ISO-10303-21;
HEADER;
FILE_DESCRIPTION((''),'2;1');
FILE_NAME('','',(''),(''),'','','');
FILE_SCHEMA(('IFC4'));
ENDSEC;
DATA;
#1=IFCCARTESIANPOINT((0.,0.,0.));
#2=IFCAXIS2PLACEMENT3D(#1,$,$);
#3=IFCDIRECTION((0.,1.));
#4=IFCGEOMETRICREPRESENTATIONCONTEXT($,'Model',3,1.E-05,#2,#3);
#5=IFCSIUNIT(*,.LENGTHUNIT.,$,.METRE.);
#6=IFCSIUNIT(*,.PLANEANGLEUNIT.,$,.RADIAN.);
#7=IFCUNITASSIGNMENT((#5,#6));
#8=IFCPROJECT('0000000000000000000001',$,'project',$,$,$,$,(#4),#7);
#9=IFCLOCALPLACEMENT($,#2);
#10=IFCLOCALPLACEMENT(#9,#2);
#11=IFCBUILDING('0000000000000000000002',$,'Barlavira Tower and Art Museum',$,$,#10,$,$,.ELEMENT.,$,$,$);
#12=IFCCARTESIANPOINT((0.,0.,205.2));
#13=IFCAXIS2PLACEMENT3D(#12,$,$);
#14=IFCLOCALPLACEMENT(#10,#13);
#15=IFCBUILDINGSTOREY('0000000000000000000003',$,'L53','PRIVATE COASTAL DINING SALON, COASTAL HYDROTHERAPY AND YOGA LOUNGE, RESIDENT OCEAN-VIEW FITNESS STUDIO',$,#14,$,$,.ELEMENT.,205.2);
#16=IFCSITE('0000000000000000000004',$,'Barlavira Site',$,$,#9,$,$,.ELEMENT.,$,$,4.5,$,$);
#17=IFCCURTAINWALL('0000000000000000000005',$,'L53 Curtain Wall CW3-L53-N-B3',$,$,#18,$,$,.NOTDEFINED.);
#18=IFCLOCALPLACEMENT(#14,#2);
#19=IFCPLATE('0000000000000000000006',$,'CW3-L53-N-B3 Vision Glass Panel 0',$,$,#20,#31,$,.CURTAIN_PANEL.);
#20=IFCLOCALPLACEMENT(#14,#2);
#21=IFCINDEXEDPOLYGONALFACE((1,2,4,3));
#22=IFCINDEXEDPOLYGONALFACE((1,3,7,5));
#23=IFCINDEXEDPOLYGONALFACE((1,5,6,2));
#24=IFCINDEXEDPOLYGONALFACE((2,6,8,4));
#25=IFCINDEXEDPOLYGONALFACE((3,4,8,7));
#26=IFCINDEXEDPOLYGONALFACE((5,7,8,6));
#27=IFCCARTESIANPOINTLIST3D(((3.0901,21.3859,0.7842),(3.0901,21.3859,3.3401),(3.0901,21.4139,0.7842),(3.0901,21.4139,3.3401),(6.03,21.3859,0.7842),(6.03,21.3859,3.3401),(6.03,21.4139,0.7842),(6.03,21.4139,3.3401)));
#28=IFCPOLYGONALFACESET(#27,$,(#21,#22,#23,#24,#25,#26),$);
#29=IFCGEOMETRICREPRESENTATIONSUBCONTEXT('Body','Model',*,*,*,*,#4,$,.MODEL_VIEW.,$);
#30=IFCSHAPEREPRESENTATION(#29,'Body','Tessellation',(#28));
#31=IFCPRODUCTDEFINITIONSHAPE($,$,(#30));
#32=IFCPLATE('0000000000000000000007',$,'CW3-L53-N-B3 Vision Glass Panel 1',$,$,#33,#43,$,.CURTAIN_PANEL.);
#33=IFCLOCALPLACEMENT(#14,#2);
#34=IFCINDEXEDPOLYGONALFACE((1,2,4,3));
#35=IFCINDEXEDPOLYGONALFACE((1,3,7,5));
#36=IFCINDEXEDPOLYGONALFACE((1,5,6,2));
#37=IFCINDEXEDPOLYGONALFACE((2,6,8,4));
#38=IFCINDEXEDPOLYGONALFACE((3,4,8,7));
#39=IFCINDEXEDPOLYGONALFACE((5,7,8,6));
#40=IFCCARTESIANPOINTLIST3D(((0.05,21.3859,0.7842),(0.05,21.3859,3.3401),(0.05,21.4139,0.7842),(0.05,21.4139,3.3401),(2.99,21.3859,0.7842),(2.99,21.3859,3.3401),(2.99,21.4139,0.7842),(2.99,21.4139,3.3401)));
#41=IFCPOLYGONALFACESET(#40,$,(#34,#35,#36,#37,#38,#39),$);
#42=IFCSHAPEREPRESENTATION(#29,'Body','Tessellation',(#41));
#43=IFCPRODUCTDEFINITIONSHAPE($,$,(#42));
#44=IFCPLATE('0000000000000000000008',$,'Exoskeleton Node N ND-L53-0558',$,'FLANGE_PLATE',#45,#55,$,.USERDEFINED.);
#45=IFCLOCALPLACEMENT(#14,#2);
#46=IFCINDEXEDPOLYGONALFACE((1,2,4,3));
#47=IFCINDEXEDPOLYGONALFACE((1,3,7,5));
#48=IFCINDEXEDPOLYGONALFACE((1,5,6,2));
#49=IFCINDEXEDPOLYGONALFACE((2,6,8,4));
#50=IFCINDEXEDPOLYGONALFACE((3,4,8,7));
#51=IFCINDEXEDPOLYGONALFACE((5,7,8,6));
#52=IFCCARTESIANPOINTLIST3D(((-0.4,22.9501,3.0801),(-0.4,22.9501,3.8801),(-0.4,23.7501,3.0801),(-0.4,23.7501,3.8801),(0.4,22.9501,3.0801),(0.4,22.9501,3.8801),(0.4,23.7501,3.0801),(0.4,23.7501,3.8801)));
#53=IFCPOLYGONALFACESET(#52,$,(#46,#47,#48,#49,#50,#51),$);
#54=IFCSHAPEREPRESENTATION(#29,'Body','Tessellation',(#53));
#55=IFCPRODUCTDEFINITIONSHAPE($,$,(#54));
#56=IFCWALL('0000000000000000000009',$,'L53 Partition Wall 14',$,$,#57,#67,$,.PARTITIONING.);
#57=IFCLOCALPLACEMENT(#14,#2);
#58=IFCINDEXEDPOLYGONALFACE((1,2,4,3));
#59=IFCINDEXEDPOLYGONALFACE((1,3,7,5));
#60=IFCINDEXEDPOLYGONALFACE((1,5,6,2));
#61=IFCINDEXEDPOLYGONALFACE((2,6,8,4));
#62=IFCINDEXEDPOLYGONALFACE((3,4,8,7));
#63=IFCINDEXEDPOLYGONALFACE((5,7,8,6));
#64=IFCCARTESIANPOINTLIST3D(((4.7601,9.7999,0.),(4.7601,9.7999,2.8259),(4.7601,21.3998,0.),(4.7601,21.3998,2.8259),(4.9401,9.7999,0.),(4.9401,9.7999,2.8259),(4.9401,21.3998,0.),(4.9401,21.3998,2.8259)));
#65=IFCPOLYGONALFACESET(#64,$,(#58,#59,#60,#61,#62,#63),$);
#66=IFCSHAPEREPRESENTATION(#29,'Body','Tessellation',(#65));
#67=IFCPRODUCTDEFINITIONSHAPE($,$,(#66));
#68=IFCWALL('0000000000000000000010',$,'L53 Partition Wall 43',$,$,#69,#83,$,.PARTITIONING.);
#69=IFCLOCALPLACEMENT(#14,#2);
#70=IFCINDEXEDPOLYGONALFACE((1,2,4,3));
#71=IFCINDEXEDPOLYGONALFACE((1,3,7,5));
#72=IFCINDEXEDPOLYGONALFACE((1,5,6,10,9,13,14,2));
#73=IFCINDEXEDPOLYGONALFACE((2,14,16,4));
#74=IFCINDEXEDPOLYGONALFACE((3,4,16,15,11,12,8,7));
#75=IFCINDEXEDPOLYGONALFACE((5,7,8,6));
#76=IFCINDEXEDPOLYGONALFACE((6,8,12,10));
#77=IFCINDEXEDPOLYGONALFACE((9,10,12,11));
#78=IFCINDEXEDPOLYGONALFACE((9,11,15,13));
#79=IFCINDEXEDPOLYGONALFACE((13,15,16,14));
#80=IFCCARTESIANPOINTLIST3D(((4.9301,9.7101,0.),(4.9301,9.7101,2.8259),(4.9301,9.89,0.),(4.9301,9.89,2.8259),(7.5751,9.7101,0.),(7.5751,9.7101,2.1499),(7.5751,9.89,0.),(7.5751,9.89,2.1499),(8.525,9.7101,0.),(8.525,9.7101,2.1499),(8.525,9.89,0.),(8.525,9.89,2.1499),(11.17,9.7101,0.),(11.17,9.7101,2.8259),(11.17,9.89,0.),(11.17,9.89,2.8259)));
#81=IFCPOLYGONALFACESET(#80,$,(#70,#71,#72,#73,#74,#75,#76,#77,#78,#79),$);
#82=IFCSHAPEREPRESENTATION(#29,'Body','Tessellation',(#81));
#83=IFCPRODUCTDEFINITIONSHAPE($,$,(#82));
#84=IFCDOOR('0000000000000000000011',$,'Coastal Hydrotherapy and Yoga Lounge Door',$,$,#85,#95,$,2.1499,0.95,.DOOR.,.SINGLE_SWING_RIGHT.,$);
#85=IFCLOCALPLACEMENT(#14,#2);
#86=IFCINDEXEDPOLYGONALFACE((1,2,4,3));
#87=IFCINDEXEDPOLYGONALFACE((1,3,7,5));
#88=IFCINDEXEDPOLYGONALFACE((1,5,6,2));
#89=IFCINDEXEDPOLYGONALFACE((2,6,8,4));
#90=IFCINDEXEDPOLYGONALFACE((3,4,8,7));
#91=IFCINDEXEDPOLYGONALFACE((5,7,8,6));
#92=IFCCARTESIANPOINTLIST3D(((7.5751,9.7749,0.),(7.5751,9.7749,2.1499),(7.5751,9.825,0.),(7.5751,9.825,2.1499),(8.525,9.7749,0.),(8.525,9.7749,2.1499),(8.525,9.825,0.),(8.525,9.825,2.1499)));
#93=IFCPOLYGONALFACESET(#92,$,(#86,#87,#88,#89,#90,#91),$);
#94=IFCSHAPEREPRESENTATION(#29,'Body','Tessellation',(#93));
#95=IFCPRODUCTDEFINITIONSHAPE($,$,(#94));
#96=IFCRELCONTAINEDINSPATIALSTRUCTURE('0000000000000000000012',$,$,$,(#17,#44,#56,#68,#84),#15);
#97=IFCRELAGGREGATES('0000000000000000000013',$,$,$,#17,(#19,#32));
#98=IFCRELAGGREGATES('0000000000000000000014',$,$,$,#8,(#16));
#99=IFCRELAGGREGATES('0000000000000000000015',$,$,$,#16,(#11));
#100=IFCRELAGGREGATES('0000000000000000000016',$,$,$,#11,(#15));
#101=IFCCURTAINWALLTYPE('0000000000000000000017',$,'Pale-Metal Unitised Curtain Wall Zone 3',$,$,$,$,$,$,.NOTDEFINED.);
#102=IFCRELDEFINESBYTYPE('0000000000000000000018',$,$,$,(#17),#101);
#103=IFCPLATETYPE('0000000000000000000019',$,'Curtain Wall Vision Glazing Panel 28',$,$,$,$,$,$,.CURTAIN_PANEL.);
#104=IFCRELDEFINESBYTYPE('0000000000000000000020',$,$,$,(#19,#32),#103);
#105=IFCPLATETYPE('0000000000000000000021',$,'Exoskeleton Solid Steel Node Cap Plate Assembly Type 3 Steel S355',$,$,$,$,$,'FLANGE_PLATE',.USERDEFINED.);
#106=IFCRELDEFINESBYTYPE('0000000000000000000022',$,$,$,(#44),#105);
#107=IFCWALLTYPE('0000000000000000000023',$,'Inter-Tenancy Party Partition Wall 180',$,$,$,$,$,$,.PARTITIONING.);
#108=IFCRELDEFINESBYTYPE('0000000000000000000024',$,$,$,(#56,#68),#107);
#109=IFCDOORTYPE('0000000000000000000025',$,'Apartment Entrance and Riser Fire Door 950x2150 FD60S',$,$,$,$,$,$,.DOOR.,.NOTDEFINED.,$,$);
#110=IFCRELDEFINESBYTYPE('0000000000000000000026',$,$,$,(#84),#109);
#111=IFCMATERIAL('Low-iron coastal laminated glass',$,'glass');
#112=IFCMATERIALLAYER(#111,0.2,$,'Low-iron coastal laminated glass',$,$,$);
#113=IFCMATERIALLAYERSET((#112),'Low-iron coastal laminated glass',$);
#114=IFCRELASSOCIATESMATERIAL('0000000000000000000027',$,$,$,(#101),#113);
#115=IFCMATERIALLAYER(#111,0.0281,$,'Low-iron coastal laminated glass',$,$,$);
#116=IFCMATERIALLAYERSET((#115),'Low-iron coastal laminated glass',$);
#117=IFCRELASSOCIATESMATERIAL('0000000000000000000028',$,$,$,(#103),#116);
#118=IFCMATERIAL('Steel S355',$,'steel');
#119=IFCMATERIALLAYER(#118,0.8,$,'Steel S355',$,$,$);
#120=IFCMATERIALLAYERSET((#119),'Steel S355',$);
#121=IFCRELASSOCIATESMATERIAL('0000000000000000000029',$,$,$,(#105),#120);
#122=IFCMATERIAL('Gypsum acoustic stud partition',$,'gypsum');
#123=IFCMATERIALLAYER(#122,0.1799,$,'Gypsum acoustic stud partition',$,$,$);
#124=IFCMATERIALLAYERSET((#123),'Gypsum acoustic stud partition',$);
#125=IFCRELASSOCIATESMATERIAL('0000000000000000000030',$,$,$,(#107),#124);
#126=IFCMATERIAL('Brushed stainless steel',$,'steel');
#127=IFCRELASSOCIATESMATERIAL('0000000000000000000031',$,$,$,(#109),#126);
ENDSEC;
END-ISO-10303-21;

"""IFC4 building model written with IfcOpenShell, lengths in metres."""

from ifc_helpers import new_model, si_unit, direction, frame, frame_2d, origin, origin_2d, place, context, subcontext, project, spatial, rectangle, extrude, material, layer, layer_set, type_object, element, fill, aggregate, save


model = new_model("IFC4")

# Units and contexts
model_context = context("Model", 3, precision=1e-05, world=origin(), true_north=direction((0.0, 1.0)))
body_context = subcontext(model_context, "Body", "Model", "MODEL_VIEW")
ifc_project = project(units=[si_unit("LENGTHUNIT", "METRE"), si_unit("PLANEANGLEUNIT", "RADIAN")], contexts=[model_context])

# Site, building, storey
site_placement = place(None, origin())
site = spatial("IfcSite", under=ifc_project, at=site_placement, Name="Barlavira Site", CompositionType="ELEMENT", RefElevation=4.5)
building_placement = place(site_placement, origin())
building = spatial("IfcBuilding", under=site, at=building_placement, Name="Barlavira Tower and Art Museum", CompositionType="ELEMENT")
storey_placement = place(building_placement, frame((0.0, 0.0, 205.2)))
storey = spatial("IfcBuildingStorey", under=building, at=storey_placement, Name="L53", Description="PRIVATE COASTAL DINING SALON, COASTAL HYDROTHERAPY AND YOGA LOUNGE, RESIDENT OCEAN-VIEW FITNESS STUDIO", CompositionType="ELEMENT", Elevation=205.2)

# Curtain wall
ifc_material_1 = material(Name="Low-iron coastal laminated glass", Category="glass")
ifc_layer_1 = layer(ifc_material_1, 0.2, Name="Low-iron coastal laminated glass")
ifc_layer_set_1 = layer_set([ifc_layer_1], Name="Low-iron coastal laminated glass")
curtain_wall_type = type_object("IfcCurtainWallType", Name="Pale-Metal Unitised Curtain Wall Zone 3", PredefinedType="NOTDEFINED", material=ifc_layer_set_1)
curtain_wall_placement = place(storey_placement, origin())
curtain_wall = element("IfcCurtainWall", 1, at=curtain_wall_placement, inside=storey, type_object=curtain_wall_type, Name="L53 Curtain Wall CW3-L53-N-B3", PredefinedType="NOTDEFINED")

# Shared definitions
ifc_material_2 = material(Name="Steel S355", Category="steel")

# Plates
ifc_layer_2 = layer(ifc_material_1, 0.0281, Name="Low-iron coastal laminated glass")
ifc_layer_set_2 = layer_set([ifc_layer_2], Name="Low-iron coastal laminated glass")
plate_type_1 = type_object("IfcPlateType", Name="Curtain Wall Vision Glazing Panel 28", PredefinedType="CURTAIN_PANEL", material=ifc_layer_set_2)
plate_1_placement = place(storey_placement, frame((4.5601, 21.3999, 0.7842), z_axis=(0.0, 0.0, 1.0), x_axis=(-1.0, 0.0, 0.0)))
plate_1 = element("IfcPlate", 2, at=plate_1_placement, type_object=plate_type_1, Name="CW3-L53-N-B3 Vision Glass Panel 0", PredefinedType="CURTAIN_PANEL", context=body_context, shape_type="SweptSolid", body=[
    extrude(rectangle(XDim=2.9399, YDim=0.0281, at=origin_2d()), origin(), (0.0, 0.0, 1.0), 2.5559),
])
plate_2_placement = place(storey_placement, frame((1.52, 21.3999, 0.7842), z_axis=(0.0, 0.0, 1.0), x_axis=(-1.0, 0.0, 0.0)))
plate_2 = element("IfcPlate", 3, at=plate_2_placement, type_object=plate_type_1, Name="CW3-L53-N-B3 Vision Glass Panel 1", PredefinedType="CURTAIN_PANEL", context=body_context, shape_type="SweptSolid", body=[
    extrude(rectangle(XDim=2.9399, YDim=0.0281, at=origin_2d()), origin(), (0.0, 0.0, 1.0), 2.5559),
])
aggregate(curtain_wall, [plate_1, plate_2])
ifc_layer_3 = layer(ifc_material_2, 0.8, Name="Steel S355")
ifc_layer_set_3 = layer_set([ifc_layer_3], Name="Steel S355")
plate_type_2 = type_object("IfcPlateType", Name="Exoskeleton Solid Steel Node Cap Plate Assembly Type 3 Steel S355", ElementType="FLANGE_PLATE", PredefinedType="USERDEFINED", material=ifc_layer_set_3)
plate_3_placement = place(storey_placement, frame((0.0, 23.3501, 3.0801), z_axis=(0.0, 0.0, 1.0), x_axis=(1.0, 0.0, 0.0)))
element("IfcPlate", 4, at=plate_3_placement, inside=storey, type_object=plate_type_2, Name="Exoskeleton Node N ND-L53-0558", ObjectType="FLANGE_PLATE", PredefinedType="USERDEFINED", context=body_context, shape_type="SweptSolid", body=[
    extrude(rectangle(XDim=0.8, YDim=0.8, at=origin_2d()), origin(), (0.0, 0.0, 1.0), 0.8),
])

# Wall
ifc_material_3 = material(Name="Gypsum acoustic stud partition", Category="gypsum")
ifc_layer_4 = layer(ifc_material_3, 0.1799, Name="Gypsum acoustic stud partition")
ifc_layer_set_4 = layer_set([ifc_layer_4], Name="Gypsum acoustic stud partition")
wall_type = type_object("IfcWallType", Name="Inter-Tenancy Party Partition Wall 180", PredefinedType="PARTITIONING", material=ifc_layer_set_4)
wall_1_placement = place(storey_placement, frame((4.8501, 9.8, 0.0), z_axis=(0.0, 0.0, 1.0), x_axis=(0.0, 1.0, 0.0)))
element("IfcWall", 5, at=wall_1_placement, inside=storey, type_object=wall_type, Name="L53 Partition Wall 14", PredefinedType="PARTITIONING", context=body_context, shape_type="SweptSolid", body=[
    extrude(rectangle(XDim=11.5999, YDim=0.1799, at=frame_2d((5.7998, 0.0))), origin(), (0.0, 0.0, 1.0), 2.8259),
])

# Wall, opening, door
wall_2_placement = place(storey_placement, frame((4.9299, 9.8, 0.0), z_axis=(0.0, 0.0, 1.0), x_axis=(1.0, 0.0, 0.0)))
wall_2 = element("IfcWall", 6, at=wall_2_placement, inside=storey, type_object=wall_type, Name="L53 Partition Wall 43", PredefinedType="PARTITIONING", context=body_context, shape_type="SweptSolid", body=[
    extrude(rectangle(XDim=6.24, YDim=0.1799, at=frame_2d((3.1201, 0.0))), origin(), (0.0, 0.0, 1.0), 2.8259),
])
opening_placement = place(wall_2_placement, frame((2.645, 0.0, 0.0)))
opening = element("IfcOpeningElement", 7, at=opening_placement, cuts=wall_2, PredefinedType="OPENING", context=body_context, shape_type="SweptSolid", body=[
    extrude(rectangle(XDim=0.95, YDim=2.1499, at=frame_2d((0.4751, 1.075))), frame((0.0, 0.1001, 0.0), z_axis=(0.0, -1.0, 0.0), x_axis=(1.0, 0.0, 0.0)), (0.0, 0.0, 1.0), 0.2),
])
ifc_material_4 = material(Name="Brushed stainless steel", Category="steel")
door_type = type_object("IfcDoorType", Name="Apartment Entrance and Riser Fire Door 950x2150 FD60S", OperationType="NOTDEFINED", PredefinedType="DOOR", material=ifc_material_4)
door_placement = place(opening_placement, origin())
door = element("IfcDoor", 8, at=door_placement, inside=storey, type_object=door_type, Name="Coastal Hydrotherapy and Yoga Lounge Door", OperationType="SINGLE_SWING_RIGHT", OverallHeight=2.1499, OverallWidth=0.95, PredefinedType="DOOR", context=body_context, shape_type="SweptSolid", body=[
    extrude(rectangle(XDim=0.95, YDim=2.1499, at=frame_2d((0.4751, 1.075))), frame((0.0, 0.0249, 0.0), z_axis=(0.0, -1.0, 0.0), x_axis=(1.0, 0.0, 0.0)), (0.0, 0.0, 1.0), 0.05),
])
fill(opening, door)

save(model, "model.ifc")
